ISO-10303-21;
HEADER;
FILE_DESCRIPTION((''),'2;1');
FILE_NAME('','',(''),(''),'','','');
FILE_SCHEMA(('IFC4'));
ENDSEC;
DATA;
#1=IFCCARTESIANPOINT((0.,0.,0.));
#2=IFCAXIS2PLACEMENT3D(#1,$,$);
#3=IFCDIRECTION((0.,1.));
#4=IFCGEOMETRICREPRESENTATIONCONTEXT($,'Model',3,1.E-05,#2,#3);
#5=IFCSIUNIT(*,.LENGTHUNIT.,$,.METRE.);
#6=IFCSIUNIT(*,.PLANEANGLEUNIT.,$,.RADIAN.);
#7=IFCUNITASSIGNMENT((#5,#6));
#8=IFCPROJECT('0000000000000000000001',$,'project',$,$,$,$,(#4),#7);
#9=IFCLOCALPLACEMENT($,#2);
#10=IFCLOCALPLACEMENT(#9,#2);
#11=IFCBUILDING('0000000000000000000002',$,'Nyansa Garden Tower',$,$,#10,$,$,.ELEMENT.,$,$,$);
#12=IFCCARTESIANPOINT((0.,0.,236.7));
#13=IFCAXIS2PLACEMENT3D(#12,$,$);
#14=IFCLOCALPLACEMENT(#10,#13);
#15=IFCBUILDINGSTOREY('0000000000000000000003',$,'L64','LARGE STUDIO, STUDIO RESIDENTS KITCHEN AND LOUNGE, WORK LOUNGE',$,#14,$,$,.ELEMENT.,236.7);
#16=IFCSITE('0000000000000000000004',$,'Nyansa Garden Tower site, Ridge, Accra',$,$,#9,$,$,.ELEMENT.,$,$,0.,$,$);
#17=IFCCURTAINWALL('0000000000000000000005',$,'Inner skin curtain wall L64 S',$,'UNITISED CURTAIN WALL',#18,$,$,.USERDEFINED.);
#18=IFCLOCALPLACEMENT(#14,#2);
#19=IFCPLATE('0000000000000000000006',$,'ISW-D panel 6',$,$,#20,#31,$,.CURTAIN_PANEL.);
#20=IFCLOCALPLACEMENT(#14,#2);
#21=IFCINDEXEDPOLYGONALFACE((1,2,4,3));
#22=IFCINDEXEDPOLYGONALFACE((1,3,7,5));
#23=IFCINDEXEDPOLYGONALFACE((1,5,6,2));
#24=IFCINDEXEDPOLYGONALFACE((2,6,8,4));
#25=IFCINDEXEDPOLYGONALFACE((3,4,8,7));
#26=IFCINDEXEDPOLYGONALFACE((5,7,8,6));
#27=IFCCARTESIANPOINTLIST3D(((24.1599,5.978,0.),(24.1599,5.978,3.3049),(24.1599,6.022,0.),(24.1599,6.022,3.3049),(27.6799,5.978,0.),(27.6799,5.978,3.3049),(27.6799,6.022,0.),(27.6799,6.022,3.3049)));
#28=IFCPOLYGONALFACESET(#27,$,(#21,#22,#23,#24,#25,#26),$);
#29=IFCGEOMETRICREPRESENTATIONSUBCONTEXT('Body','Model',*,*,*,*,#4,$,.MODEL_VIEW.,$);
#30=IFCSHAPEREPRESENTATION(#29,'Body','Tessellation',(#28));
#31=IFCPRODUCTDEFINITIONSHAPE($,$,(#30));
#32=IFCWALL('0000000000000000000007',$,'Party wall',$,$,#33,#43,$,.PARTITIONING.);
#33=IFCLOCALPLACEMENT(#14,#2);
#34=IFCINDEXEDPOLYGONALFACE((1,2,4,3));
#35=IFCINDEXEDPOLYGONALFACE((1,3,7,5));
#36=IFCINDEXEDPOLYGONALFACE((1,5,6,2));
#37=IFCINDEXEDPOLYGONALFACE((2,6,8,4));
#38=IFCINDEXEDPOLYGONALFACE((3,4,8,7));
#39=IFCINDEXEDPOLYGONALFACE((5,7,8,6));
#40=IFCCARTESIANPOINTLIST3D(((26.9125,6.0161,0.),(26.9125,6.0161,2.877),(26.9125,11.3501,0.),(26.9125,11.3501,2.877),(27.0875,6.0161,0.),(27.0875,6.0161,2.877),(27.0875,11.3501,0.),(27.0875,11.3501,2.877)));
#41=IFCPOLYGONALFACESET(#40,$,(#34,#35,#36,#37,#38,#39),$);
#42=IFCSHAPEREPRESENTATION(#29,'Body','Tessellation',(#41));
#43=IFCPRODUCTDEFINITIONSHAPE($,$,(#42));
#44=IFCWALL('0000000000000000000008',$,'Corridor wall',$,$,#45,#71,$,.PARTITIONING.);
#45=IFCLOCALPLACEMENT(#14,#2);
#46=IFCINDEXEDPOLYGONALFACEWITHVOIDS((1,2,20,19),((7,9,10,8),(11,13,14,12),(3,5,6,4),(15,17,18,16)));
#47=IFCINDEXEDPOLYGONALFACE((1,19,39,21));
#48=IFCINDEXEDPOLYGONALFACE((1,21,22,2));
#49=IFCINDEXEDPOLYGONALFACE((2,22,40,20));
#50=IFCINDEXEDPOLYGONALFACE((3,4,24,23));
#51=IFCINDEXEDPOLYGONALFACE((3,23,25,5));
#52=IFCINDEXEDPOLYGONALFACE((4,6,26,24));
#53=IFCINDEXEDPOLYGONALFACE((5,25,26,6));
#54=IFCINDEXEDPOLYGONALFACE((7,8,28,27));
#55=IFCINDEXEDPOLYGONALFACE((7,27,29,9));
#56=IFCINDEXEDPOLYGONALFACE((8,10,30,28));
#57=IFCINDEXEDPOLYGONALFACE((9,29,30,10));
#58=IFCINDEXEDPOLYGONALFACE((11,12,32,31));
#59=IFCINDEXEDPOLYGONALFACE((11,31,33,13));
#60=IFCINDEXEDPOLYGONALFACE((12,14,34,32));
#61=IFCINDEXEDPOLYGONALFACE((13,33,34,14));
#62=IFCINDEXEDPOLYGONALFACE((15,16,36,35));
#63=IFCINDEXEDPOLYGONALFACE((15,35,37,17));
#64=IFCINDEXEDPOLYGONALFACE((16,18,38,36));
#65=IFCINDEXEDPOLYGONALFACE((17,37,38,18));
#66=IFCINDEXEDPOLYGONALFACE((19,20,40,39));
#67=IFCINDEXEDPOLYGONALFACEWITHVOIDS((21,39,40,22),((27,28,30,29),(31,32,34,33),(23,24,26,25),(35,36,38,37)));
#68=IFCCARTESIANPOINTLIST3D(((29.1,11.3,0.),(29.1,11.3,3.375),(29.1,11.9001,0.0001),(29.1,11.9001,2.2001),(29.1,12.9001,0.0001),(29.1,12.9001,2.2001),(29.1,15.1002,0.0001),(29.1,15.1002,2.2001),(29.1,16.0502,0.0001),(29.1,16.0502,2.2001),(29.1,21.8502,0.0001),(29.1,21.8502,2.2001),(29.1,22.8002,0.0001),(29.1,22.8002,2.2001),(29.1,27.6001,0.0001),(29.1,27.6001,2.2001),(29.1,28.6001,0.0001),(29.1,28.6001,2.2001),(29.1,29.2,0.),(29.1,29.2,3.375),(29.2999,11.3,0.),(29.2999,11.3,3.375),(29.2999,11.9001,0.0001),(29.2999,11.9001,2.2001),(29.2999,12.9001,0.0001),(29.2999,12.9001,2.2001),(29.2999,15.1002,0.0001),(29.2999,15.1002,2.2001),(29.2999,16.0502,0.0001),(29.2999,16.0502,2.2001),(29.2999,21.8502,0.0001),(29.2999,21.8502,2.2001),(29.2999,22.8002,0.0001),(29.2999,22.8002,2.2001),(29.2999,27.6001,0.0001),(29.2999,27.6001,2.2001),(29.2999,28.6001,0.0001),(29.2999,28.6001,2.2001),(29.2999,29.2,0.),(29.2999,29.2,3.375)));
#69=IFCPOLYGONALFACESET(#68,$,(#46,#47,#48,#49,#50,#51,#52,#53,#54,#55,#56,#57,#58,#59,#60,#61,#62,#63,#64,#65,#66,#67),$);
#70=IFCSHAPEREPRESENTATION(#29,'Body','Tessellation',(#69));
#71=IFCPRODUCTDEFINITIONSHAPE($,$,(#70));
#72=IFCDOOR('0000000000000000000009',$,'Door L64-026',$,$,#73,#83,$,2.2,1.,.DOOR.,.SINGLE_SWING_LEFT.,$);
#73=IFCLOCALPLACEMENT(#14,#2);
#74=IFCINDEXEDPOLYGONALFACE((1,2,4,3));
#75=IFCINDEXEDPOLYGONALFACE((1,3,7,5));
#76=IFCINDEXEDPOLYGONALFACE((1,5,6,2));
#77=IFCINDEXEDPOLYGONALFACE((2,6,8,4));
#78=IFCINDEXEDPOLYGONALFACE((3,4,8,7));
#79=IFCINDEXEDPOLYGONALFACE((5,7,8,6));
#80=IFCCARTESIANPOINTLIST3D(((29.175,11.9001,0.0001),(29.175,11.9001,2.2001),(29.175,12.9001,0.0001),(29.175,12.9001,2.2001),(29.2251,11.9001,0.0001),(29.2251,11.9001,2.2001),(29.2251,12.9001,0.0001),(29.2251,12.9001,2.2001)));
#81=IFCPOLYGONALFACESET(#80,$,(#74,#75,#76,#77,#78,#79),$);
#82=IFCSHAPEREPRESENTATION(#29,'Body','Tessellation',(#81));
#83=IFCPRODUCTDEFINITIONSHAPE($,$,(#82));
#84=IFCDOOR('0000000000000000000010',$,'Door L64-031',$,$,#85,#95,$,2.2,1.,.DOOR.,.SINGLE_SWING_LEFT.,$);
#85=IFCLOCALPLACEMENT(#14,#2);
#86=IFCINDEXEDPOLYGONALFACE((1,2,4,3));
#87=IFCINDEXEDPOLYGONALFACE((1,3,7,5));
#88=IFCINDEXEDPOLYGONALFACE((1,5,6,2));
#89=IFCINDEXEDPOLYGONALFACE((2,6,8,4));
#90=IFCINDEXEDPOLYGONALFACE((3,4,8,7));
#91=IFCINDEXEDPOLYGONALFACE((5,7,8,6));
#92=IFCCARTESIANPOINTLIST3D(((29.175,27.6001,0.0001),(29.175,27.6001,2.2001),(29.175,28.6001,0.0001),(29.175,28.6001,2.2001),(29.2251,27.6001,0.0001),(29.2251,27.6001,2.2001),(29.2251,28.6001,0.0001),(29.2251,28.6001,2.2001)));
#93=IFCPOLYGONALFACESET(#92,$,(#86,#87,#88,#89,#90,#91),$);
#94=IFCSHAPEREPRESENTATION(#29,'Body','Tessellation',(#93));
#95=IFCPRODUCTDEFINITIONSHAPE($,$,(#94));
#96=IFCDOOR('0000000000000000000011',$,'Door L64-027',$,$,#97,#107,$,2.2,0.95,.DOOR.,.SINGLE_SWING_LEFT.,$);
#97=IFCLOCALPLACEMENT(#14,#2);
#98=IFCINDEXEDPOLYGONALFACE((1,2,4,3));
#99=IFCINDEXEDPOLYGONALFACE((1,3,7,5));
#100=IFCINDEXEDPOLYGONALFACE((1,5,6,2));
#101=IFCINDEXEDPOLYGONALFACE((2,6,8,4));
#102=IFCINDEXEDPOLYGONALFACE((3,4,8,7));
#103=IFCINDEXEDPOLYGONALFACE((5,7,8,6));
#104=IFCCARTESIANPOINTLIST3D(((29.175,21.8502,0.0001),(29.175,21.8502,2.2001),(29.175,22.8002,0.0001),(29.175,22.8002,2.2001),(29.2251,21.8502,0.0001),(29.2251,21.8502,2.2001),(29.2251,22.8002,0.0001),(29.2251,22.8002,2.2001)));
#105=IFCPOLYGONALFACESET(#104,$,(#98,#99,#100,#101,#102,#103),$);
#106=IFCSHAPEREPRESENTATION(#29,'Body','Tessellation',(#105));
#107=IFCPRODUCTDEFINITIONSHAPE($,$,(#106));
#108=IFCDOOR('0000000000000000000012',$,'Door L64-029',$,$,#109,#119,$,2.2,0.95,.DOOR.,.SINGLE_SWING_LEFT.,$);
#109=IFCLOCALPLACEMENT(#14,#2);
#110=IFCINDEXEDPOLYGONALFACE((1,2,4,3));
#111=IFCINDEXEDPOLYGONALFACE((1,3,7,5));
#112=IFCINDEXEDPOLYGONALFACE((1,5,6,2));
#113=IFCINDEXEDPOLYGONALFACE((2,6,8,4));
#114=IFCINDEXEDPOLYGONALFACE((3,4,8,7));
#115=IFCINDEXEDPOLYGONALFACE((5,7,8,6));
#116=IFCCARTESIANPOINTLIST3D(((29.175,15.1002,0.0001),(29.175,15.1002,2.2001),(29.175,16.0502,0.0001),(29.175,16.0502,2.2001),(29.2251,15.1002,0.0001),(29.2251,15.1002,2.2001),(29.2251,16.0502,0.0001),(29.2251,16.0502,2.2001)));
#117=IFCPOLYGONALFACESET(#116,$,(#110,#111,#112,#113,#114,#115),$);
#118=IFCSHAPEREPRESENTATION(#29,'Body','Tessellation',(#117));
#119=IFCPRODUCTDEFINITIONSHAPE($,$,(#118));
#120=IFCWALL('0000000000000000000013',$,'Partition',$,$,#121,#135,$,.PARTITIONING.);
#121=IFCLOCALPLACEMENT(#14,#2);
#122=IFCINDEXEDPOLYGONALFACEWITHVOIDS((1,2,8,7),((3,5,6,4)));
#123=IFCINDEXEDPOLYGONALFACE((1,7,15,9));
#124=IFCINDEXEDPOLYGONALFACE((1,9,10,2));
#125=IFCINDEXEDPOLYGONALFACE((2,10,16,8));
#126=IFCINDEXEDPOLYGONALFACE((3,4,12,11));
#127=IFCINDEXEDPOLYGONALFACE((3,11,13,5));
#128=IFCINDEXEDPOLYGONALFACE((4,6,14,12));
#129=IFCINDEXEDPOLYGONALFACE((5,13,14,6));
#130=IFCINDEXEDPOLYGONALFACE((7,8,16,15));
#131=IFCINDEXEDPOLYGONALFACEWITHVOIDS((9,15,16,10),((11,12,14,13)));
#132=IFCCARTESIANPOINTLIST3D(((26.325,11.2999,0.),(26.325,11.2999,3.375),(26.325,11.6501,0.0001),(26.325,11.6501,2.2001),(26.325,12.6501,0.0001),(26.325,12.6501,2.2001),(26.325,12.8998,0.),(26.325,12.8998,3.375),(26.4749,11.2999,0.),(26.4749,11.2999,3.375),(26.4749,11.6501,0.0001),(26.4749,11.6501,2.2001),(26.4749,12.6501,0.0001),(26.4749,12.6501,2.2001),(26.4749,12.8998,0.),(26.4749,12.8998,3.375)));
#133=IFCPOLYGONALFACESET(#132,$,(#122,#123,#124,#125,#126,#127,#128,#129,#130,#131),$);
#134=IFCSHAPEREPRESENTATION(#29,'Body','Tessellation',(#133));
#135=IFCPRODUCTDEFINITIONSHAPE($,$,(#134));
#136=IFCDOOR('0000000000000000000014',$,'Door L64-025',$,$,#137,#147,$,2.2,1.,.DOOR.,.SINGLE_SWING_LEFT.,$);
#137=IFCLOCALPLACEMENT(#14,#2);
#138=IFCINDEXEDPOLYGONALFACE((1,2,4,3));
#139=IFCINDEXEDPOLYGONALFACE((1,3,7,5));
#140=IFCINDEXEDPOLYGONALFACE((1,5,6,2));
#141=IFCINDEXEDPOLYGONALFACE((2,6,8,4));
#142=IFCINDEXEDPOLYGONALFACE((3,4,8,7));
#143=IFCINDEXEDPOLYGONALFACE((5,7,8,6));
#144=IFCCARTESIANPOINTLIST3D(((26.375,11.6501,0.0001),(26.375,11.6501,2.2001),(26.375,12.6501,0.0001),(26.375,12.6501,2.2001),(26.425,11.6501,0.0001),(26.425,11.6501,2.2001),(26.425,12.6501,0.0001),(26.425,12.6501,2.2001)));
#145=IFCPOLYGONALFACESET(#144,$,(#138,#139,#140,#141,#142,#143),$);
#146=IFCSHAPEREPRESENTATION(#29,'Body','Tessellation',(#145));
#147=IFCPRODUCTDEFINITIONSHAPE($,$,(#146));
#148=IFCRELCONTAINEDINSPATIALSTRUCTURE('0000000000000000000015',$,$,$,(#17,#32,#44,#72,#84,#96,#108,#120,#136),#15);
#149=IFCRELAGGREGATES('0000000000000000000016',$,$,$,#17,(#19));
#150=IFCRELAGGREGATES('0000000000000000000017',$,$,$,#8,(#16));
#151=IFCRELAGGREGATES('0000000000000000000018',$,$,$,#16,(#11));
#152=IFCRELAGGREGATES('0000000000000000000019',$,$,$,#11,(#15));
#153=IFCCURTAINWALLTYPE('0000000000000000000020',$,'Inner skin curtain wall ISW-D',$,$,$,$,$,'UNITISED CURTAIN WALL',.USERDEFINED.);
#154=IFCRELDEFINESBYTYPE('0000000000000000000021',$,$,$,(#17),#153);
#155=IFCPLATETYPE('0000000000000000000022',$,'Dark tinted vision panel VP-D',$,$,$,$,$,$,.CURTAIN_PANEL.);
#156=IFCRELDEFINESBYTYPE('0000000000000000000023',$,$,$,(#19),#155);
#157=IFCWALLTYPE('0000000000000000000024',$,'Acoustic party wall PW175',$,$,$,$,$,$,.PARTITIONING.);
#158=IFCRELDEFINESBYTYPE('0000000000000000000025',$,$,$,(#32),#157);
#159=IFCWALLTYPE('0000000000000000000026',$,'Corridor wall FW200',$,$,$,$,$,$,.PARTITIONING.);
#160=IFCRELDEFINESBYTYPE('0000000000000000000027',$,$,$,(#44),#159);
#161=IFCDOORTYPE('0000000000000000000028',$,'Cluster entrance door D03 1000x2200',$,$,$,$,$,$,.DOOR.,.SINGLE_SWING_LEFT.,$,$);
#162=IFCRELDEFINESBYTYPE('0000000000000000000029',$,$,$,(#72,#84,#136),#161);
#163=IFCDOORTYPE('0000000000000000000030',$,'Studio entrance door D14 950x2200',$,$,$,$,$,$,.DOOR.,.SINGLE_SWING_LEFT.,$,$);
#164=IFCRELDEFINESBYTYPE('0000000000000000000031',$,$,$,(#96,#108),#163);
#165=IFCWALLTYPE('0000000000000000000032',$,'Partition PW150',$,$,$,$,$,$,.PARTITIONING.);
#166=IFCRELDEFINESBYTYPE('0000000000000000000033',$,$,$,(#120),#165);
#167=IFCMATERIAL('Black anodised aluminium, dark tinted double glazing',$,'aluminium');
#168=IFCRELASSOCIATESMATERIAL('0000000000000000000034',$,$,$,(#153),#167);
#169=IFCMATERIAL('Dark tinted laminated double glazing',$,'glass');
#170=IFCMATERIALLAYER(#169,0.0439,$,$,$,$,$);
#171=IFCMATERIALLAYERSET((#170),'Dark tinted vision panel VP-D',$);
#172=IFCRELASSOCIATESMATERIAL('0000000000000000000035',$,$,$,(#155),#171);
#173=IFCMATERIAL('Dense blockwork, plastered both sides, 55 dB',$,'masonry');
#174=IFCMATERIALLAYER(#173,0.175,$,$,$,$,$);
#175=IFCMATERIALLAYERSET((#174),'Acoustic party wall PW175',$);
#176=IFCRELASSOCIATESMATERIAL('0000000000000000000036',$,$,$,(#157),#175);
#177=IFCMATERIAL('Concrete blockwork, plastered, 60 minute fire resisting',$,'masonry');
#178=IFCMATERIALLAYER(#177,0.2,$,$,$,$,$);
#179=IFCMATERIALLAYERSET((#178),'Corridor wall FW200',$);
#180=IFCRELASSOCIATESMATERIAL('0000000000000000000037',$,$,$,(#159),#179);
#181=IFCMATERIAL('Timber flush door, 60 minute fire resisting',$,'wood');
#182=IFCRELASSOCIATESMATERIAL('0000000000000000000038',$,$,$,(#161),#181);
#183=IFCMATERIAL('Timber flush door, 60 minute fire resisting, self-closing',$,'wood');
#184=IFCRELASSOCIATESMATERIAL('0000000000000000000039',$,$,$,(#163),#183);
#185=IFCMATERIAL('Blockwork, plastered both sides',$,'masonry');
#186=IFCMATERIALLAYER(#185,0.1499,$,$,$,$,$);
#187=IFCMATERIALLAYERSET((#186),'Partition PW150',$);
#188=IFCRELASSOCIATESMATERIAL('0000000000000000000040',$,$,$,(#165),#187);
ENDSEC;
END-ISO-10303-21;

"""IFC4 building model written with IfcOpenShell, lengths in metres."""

from ifc_helpers import new_model, si_unit, direction, frame, frame_2d, origin, origin_2d, place, context, subcontext, project, spatial, rectangle, extrude, material, layer, layer_set, type_object, element, fill, aggregate, save


model = new_model("IFC4")

# Units and contexts
model_context = context("Model", 3, precision=1e-05, world=origin(), true_north=direction((0.0, 1.0)))
body_context = subcontext(model_context, "Body", "Model", "MODEL_VIEW")
ifc_project = project(units=[si_unit("LENGTHUNIT", "METRE"), si_unit("PLANEANGLEUNIT", "RADIAN")], contexts=[model_context])

# Site, building, storey
site_placement = place(None, origin())
site = spatial("IfcSite", under=ifc_project, at=site_placement, Name="Nyansa Garden Tower site, Ridge, Accra", CompositionType="ELEMENT", RefElevation=0.0)
building_placement = place(site_placement, origin())
building = spatial("IfcBuilding", under=site, at=building_placement, Name="Nyansa Garden Tower", CompositionType="ELEMENT")
storey_placement = place(building_placement, frame((0.0, 0.0, 236.7)))
storey = spatial("IfcBuildingStorey", under=building, at=storey_placement, Name="L64", Description="LARGE STUDIO, STUDIO RESIDENTS KITCHEN AND LOUNGE, WORK LOUNGE", CompositionType="ELEMENT", Elevation=236.7)

# Curtain wall
ifc_material_1 = material(Name="Black anodised aluminium, dark tinted double glazing", Category="aluminium")
curtain_wall_type = type_object("IfcCurtainWallType", Name="Inner skin curtain wall ISW-D", ElementType="UNITISED CURTAIN WALL", PredefinedType="USERDEFINED", material=ifc_material_1)
curtain_wall_placement = place(storey_placement, origin())
curtain_wall = element("IfcCurtainWall", 1, at=curtain_wall_placement, inside=storey, type_object=curtain_wall_type, Name="Inner skin curtain wall L64 S", ObjectType="UNITISED CURTAIN WALL", PredefinedType="USERDEFINED")

# Plate
ifc_material_2 = material(Name="Dark tinted laminated double glazing", Category="glass")
ifc_layer_1 = layer(ifc_material_2, 0.0439)
ifc_layer_set_1 = layer_set([ifc_layer_1], Name="Dark tinted vision panel VP-D")
plate_type = type_object("IfcPlateType", Name="Dark tinted vision panel VP-D", PredefinedType="CURTAIN_PANEL", material=ifc_layer_set_1)
plate_placement = place(storey_placement, frame((25.9199, 6.0, 0.0), z_axis=(0.0, 0.0, 1.0), x_axis=(1.0, 0.0, 0.0)))
plate = element("IfcPlate", 2, at=plate_placement, type_object=plate_type, Name="ISW-D panel 6", PredefinedType="CURTAIN_PANEL", context=body_context, shape_type="SweptSolid", body=[
    extrude(rectangle(XDim=3.52, YDim=0.0439, at=origin_2d()), origin(), (0.0, 0.0, 1.0), 3.3049),
])
aggregate(curtain_wall, [plate])

# Wall
ifc_material_3 = material(Name="Dense blockwork, plastered both sides, 55 dB", Category="masonry")
ifc_layer_2 = layer(ifc_material_3, 0.175)
ifc_layer_set_2 = layer_set([ifc_layer_2], Name="Acoustic party wall PW175")
wall_type_1 = type_object("IfcWallType", Name="Acoustic party wall PW175", PredefinedType="PARTITIONING", material=ifc_layer_set_2)
wall_1_placement = place(storey_placement, frame((27.0, 6.0161, 0.0), z_axis=(0.0, 0.0, 1.0), x_axis=(0.0, 1.0, 0.0)))
element("IfcWall", 3, at=wall_1_placement, inside=storey, type_object=wall_type_1, Name="Party wall", PredefinedType="PARTITIONING", context=body_context, shape_type="SweptSolid", body=[
    extrude(rectangle(XDim=5.334, YDim=0.175, at=frame_2d((2.667, 0.0))), origin(), (0.0, 0.0, 1.0), 2.877),
])

# Wall, openings, doors
ifc_material_4 = material(Name="Concrete blockwork, plastered, 60 minute fire resisting", Category="masonry")
ifc_layer_3 = layer(ifc_material_4, 0.2)
ifc_layer_set_3 = layer_set([ifc_layer_3], Name="Corridor wall FW200")
wall_type_2 = type_object("IfcWallType", Name="Corridor wall FW200", PredefinedType="PARTITIONING", material=ifc_layer_set_3)
wall_2_placement = place(storey_placement, frame((29.2, 11.3, 0.0), z_axis=(0.0, 0.0, 1.0), x_axis=(0.0, 1.0, 0.0)))
wall_2 = element("IfcWall", 4, at=wall_2_placement, inside=storey, type_object=wall_type_2, Name="Corridor wall", PredefinedType="PARTITIONING", context=body_context, shape_type="SweptSolid", body=[
    extrude(rectangle(XDim=17.8999, YDim=0.2, at=frame_2d((8.95, 0.0))), origin(), (0.0, 0.0, 1.0), 3.375),
])
opening_1_placement = place(wall_2_placement, frame((0.6001, 0.0, 0.0)))
opening_1 = element("IfcOpeningElement", 5, at=opening_1_placement, cuts=wall_2, PredefinedType="OPENING", context=body_context, shape_type="SweptSolid", body=[
    extrude(rectangle(XDim=1.0, YDim=2.2, at=frame_2d((0.5, 1.1001))), frame((0.0, 0.1099, 0.0), z_axis=(0.0, -1.0, 0.0), x_axis=(1.0, 0.0, 0.0)), (0.0, 0.0, 1.0), 0.22),
])
opening_2_placement = place(wall_2_placement, frame((10.55, 0.0, 0.0)))
opening_2 = element("IfcOpeningElement", 6, at=opening_2_placement, cuts=wall_2, PredefinedType="OPENING", context=body_context, shape_type="SweptSolid", body=[
    extrude(rectangle(XDim=0.95, YDim=2.2, at=frame_2d((0.4751, 1.1001))), frame((0.0, 0.1099, 0.0), z_axis=(0.0, -1.0, 0.0), x_axis=(1.0, 0.0, 0.0)), (0.0, 0.0, 1.0), 0.22),
])
opening_3_placement = place(wall_2_placement, frame((3.8, 0.0, 0.0)))
opening_3 = element("IfcOpeningElement", 7, at=opening_3_placement, cuts=wall_2, PredefinedType="OPENING", context=body_context, shape_type="SweptSolid", body=[
    extrude(rectangle(XDim=0.95, YDim=2.2, at=frame_2d((0.4751, 1.1001))), frame((0.0, 0.1099, 0.0), z_axis=(0.0, -1.0, 0.0), x_axis=(1.0, 0.0, 0.0)), (0.0, 0.0, 1.0), 0.22),
])
opening_4_placement = place(wall_2_placement, frame((16.3, 0.0, 0.0)))
opening_4 = element("IfcOpeningElement", 8, at=opening_4_placement, cuts=wall_2, PredefinedType="OPENING", context=body_context, shape_type="SweptSolid", body=[
    extrude(rectangle(XDim=1.0, YDim=2.2, at=frame_2d((0.5, 1.1001))), frame((0.0, 0.1099, 0.0), z_axis=(0.0, -1.0, 0.0), x_axis=(1.0, 0.0, 0.0)), (0.0, 0.0, 1.0), 0.22),
])
ifc_material_5 = material(Name="Timber flush door, 60 minute fire resisting", Category="wood")
door_type_1 = type_object("IfcDoorType", Name="Cluster entrance door D03 1000x2200", OperationType="SINGLE_SWING_LEFT", PredefinedType="DOOR", material=ifc_material_5)
door_1_placement = place(opening_1_placement, origin())
door_1 = element("IfcDoor", 9, at=door_1_placement, inside=storey, type_object=door_type_1, Name="Door L64-026", OperationType="SINGLE_SWING_LEFT", OverallHeight=2.2, OverallWidth=1.0, PredefinedType="DOOR", context=body_context, shape_type="SweptSolid", body=[
    extrude(rectangle(XDim=1.0, YDim=2.2, at=frame_2d((0.5, 1.1001))), frame((0.0, 0.0249, 0.0), z_axis=(0.0, -1.0, 0.0), x_axis=(1.0, 0.0, 0.0)), (0.0, 0.0, 1.0), 0.05),
])
fill(opening_1, door_1)
door_2_placement = place(opening_4_placement, origin())
door_2 = element("IfcDoor", 10, at=door_2_placement, inside=storey, type_object=door_type_1, Name="Door L64-031", OperationType="SINGLE_SWING_LEFT", OverallHeight=2.2, OverallWidth=1.0, PredefinedType="DOOR", context=body_context, shape_type="SweptSolid", body=[
    extrude(rectangle(XDim=1.0, YDim=2.2, at=frame_2d((0.5, 1.1001))), frame((0.0, 0.0249, 0.0), z_axis=(0.0, -1.0, 0.0), x_axis=(1.0, 0.0, 0.0)), (0.0, 0.0, 1.0), 0.05),
])
fill(opening_4, door_2)
ifc_material_6 = material(Name="Timber flush door, 60 minute fire resisting, self-closing", Category="wood")
door_type_2 = type_object("IfcDoorType", Name="Studio entrance door D14 950x2200", OperationType="SINGLE_SWING_LEFT", PredefinedType="DOOR", material=ifc_material_6)
door_3_placement = place(opening_2_placement, origin())
door_3 = element("IfcDoor", 11, at=door_3_placement, inside=storey, type_object=door_type_2, Name="Door L64-027", OperationType="SINGLE_SWING_LEFT", OverallHeight=2.2, OverallWidth=0.95, PredefinedType="DOOR", context=body_context, shape_type="SweptSolid", body=[
    extrude(rectangle(XDim=0.95, YDim=2.2, at=frame_2d((0.4751, 1.1001))), frame((0.0, 0.0249, 0.0), z_axis=(0.0, -1.0, 0.0), x_axis=(1.0, 0.0, 0.0)), (0.0, 0.0, 1.0), 0.05),
])
fill(opening_2, door_3)
door_4_placement = place(opening_3_placement, origin())
door_4 = element("IfcDoor", 12, at=door_4_placement, inside=storey, type_object=door_type_2, Name="Door L64-029", OperationType="SINGLE_SWING_LEFT", OverallHeight=2.2, OverallWidth=0.95, PredefinedType="DOOR", context=body_context, shape_type="SweptSolid", body=[
    extrude(rectangle(XDim=0.95, YDim=2.2, at=frame_2d((0.4751, 1.1001))), frame((0.0, 0.0249, 0.0), z_axis=(0.0, -1.0, 0.0), x_axis=(1.0, 0.0, 0.0)), (0.0, 0.0, 1.0), 0.05),
])
fill(opening_3, door_4)

# Wall, opening, door
ifc_material_7 = material(Name="Blockwork, plastered both sides", Category="masonry")
ifc_layer_4 = layer(ifc_material_7, 0.1499)
ifc_layer_set_4 = layer_set([ifc_layer_4], Name="Partition PW150")
wall_type_3 = type_object("IfcWallType", Name="Partition PW150", PredefinedType="PARTITIONING", material=ifc_layer_set_4)
wall_3_placement = place(storey_placement, frame((26.3999, 11.3, 0.0), z_axis=(0.0, 0.0, 1.0), x_axis=(0.0, 1.0, 0.0)))
wall_3 = element("IfcWall", 13, at=wall_3_placement, inside=storey, type_object=wall_type_3, Name="Partition", PredefinedType="PARTITIONING", context=body_context, shape_type="SweptSolid", body=[
    extrude(rectangle(XDim=1.5999, YDim=0.1499, at=frame_2d((0.7998, 0.0))), origin(), (0.0, 0.0, 1.0), 3.375),
])
opening_5_placement = place(wall_3_placement, frame((0.3501, 0.0, 0.0)))
opening_5 = element("IfcOpeningElement", 14, at=opening_5_placement, cuts=wall_3, PredefinedType="OPENING", context=body_context, shape_type="SweptSolid", body=[
    extrude(rectangle(XDim=1.0, YDim=2.2, at=frame_2d((0.5, 1.1001))), frame((0.0, 0.085, 0.0), z_axis=(0.0, -1.0, 0.0), x_axis=(1.0, 0.0, 0.0)), (0.0, 0.0, 1.0), 0.1699),
])
door_5_placement = place(opening_5_placement, origin())
door_5 = element("IfcDoor", 15, at=door_5_placement, inside=storey, type_object=door_type_1, Name="Door L64-025", OperationType="SINGLE_SWING_LEFT", OverallHeight=2.2, OverallWidth=1.0, PredefinedType="DOOR", context=body_context, shape_type="SweptSolid", body=[
    extrude(rectangle(XDim=1.0, YDim=2.2, at=frame_2d((0.5, 1.1001))), frame((0.0, 0.0249, 0.0), z_axis=(0.0, -1.0, 0.0), x_axis=(1.0, 0.0, 0.0)), (0.0, 0.0, 1.0), 0.05),
])
fill(opening_5, door_5)

save(model, "model.ifc")
